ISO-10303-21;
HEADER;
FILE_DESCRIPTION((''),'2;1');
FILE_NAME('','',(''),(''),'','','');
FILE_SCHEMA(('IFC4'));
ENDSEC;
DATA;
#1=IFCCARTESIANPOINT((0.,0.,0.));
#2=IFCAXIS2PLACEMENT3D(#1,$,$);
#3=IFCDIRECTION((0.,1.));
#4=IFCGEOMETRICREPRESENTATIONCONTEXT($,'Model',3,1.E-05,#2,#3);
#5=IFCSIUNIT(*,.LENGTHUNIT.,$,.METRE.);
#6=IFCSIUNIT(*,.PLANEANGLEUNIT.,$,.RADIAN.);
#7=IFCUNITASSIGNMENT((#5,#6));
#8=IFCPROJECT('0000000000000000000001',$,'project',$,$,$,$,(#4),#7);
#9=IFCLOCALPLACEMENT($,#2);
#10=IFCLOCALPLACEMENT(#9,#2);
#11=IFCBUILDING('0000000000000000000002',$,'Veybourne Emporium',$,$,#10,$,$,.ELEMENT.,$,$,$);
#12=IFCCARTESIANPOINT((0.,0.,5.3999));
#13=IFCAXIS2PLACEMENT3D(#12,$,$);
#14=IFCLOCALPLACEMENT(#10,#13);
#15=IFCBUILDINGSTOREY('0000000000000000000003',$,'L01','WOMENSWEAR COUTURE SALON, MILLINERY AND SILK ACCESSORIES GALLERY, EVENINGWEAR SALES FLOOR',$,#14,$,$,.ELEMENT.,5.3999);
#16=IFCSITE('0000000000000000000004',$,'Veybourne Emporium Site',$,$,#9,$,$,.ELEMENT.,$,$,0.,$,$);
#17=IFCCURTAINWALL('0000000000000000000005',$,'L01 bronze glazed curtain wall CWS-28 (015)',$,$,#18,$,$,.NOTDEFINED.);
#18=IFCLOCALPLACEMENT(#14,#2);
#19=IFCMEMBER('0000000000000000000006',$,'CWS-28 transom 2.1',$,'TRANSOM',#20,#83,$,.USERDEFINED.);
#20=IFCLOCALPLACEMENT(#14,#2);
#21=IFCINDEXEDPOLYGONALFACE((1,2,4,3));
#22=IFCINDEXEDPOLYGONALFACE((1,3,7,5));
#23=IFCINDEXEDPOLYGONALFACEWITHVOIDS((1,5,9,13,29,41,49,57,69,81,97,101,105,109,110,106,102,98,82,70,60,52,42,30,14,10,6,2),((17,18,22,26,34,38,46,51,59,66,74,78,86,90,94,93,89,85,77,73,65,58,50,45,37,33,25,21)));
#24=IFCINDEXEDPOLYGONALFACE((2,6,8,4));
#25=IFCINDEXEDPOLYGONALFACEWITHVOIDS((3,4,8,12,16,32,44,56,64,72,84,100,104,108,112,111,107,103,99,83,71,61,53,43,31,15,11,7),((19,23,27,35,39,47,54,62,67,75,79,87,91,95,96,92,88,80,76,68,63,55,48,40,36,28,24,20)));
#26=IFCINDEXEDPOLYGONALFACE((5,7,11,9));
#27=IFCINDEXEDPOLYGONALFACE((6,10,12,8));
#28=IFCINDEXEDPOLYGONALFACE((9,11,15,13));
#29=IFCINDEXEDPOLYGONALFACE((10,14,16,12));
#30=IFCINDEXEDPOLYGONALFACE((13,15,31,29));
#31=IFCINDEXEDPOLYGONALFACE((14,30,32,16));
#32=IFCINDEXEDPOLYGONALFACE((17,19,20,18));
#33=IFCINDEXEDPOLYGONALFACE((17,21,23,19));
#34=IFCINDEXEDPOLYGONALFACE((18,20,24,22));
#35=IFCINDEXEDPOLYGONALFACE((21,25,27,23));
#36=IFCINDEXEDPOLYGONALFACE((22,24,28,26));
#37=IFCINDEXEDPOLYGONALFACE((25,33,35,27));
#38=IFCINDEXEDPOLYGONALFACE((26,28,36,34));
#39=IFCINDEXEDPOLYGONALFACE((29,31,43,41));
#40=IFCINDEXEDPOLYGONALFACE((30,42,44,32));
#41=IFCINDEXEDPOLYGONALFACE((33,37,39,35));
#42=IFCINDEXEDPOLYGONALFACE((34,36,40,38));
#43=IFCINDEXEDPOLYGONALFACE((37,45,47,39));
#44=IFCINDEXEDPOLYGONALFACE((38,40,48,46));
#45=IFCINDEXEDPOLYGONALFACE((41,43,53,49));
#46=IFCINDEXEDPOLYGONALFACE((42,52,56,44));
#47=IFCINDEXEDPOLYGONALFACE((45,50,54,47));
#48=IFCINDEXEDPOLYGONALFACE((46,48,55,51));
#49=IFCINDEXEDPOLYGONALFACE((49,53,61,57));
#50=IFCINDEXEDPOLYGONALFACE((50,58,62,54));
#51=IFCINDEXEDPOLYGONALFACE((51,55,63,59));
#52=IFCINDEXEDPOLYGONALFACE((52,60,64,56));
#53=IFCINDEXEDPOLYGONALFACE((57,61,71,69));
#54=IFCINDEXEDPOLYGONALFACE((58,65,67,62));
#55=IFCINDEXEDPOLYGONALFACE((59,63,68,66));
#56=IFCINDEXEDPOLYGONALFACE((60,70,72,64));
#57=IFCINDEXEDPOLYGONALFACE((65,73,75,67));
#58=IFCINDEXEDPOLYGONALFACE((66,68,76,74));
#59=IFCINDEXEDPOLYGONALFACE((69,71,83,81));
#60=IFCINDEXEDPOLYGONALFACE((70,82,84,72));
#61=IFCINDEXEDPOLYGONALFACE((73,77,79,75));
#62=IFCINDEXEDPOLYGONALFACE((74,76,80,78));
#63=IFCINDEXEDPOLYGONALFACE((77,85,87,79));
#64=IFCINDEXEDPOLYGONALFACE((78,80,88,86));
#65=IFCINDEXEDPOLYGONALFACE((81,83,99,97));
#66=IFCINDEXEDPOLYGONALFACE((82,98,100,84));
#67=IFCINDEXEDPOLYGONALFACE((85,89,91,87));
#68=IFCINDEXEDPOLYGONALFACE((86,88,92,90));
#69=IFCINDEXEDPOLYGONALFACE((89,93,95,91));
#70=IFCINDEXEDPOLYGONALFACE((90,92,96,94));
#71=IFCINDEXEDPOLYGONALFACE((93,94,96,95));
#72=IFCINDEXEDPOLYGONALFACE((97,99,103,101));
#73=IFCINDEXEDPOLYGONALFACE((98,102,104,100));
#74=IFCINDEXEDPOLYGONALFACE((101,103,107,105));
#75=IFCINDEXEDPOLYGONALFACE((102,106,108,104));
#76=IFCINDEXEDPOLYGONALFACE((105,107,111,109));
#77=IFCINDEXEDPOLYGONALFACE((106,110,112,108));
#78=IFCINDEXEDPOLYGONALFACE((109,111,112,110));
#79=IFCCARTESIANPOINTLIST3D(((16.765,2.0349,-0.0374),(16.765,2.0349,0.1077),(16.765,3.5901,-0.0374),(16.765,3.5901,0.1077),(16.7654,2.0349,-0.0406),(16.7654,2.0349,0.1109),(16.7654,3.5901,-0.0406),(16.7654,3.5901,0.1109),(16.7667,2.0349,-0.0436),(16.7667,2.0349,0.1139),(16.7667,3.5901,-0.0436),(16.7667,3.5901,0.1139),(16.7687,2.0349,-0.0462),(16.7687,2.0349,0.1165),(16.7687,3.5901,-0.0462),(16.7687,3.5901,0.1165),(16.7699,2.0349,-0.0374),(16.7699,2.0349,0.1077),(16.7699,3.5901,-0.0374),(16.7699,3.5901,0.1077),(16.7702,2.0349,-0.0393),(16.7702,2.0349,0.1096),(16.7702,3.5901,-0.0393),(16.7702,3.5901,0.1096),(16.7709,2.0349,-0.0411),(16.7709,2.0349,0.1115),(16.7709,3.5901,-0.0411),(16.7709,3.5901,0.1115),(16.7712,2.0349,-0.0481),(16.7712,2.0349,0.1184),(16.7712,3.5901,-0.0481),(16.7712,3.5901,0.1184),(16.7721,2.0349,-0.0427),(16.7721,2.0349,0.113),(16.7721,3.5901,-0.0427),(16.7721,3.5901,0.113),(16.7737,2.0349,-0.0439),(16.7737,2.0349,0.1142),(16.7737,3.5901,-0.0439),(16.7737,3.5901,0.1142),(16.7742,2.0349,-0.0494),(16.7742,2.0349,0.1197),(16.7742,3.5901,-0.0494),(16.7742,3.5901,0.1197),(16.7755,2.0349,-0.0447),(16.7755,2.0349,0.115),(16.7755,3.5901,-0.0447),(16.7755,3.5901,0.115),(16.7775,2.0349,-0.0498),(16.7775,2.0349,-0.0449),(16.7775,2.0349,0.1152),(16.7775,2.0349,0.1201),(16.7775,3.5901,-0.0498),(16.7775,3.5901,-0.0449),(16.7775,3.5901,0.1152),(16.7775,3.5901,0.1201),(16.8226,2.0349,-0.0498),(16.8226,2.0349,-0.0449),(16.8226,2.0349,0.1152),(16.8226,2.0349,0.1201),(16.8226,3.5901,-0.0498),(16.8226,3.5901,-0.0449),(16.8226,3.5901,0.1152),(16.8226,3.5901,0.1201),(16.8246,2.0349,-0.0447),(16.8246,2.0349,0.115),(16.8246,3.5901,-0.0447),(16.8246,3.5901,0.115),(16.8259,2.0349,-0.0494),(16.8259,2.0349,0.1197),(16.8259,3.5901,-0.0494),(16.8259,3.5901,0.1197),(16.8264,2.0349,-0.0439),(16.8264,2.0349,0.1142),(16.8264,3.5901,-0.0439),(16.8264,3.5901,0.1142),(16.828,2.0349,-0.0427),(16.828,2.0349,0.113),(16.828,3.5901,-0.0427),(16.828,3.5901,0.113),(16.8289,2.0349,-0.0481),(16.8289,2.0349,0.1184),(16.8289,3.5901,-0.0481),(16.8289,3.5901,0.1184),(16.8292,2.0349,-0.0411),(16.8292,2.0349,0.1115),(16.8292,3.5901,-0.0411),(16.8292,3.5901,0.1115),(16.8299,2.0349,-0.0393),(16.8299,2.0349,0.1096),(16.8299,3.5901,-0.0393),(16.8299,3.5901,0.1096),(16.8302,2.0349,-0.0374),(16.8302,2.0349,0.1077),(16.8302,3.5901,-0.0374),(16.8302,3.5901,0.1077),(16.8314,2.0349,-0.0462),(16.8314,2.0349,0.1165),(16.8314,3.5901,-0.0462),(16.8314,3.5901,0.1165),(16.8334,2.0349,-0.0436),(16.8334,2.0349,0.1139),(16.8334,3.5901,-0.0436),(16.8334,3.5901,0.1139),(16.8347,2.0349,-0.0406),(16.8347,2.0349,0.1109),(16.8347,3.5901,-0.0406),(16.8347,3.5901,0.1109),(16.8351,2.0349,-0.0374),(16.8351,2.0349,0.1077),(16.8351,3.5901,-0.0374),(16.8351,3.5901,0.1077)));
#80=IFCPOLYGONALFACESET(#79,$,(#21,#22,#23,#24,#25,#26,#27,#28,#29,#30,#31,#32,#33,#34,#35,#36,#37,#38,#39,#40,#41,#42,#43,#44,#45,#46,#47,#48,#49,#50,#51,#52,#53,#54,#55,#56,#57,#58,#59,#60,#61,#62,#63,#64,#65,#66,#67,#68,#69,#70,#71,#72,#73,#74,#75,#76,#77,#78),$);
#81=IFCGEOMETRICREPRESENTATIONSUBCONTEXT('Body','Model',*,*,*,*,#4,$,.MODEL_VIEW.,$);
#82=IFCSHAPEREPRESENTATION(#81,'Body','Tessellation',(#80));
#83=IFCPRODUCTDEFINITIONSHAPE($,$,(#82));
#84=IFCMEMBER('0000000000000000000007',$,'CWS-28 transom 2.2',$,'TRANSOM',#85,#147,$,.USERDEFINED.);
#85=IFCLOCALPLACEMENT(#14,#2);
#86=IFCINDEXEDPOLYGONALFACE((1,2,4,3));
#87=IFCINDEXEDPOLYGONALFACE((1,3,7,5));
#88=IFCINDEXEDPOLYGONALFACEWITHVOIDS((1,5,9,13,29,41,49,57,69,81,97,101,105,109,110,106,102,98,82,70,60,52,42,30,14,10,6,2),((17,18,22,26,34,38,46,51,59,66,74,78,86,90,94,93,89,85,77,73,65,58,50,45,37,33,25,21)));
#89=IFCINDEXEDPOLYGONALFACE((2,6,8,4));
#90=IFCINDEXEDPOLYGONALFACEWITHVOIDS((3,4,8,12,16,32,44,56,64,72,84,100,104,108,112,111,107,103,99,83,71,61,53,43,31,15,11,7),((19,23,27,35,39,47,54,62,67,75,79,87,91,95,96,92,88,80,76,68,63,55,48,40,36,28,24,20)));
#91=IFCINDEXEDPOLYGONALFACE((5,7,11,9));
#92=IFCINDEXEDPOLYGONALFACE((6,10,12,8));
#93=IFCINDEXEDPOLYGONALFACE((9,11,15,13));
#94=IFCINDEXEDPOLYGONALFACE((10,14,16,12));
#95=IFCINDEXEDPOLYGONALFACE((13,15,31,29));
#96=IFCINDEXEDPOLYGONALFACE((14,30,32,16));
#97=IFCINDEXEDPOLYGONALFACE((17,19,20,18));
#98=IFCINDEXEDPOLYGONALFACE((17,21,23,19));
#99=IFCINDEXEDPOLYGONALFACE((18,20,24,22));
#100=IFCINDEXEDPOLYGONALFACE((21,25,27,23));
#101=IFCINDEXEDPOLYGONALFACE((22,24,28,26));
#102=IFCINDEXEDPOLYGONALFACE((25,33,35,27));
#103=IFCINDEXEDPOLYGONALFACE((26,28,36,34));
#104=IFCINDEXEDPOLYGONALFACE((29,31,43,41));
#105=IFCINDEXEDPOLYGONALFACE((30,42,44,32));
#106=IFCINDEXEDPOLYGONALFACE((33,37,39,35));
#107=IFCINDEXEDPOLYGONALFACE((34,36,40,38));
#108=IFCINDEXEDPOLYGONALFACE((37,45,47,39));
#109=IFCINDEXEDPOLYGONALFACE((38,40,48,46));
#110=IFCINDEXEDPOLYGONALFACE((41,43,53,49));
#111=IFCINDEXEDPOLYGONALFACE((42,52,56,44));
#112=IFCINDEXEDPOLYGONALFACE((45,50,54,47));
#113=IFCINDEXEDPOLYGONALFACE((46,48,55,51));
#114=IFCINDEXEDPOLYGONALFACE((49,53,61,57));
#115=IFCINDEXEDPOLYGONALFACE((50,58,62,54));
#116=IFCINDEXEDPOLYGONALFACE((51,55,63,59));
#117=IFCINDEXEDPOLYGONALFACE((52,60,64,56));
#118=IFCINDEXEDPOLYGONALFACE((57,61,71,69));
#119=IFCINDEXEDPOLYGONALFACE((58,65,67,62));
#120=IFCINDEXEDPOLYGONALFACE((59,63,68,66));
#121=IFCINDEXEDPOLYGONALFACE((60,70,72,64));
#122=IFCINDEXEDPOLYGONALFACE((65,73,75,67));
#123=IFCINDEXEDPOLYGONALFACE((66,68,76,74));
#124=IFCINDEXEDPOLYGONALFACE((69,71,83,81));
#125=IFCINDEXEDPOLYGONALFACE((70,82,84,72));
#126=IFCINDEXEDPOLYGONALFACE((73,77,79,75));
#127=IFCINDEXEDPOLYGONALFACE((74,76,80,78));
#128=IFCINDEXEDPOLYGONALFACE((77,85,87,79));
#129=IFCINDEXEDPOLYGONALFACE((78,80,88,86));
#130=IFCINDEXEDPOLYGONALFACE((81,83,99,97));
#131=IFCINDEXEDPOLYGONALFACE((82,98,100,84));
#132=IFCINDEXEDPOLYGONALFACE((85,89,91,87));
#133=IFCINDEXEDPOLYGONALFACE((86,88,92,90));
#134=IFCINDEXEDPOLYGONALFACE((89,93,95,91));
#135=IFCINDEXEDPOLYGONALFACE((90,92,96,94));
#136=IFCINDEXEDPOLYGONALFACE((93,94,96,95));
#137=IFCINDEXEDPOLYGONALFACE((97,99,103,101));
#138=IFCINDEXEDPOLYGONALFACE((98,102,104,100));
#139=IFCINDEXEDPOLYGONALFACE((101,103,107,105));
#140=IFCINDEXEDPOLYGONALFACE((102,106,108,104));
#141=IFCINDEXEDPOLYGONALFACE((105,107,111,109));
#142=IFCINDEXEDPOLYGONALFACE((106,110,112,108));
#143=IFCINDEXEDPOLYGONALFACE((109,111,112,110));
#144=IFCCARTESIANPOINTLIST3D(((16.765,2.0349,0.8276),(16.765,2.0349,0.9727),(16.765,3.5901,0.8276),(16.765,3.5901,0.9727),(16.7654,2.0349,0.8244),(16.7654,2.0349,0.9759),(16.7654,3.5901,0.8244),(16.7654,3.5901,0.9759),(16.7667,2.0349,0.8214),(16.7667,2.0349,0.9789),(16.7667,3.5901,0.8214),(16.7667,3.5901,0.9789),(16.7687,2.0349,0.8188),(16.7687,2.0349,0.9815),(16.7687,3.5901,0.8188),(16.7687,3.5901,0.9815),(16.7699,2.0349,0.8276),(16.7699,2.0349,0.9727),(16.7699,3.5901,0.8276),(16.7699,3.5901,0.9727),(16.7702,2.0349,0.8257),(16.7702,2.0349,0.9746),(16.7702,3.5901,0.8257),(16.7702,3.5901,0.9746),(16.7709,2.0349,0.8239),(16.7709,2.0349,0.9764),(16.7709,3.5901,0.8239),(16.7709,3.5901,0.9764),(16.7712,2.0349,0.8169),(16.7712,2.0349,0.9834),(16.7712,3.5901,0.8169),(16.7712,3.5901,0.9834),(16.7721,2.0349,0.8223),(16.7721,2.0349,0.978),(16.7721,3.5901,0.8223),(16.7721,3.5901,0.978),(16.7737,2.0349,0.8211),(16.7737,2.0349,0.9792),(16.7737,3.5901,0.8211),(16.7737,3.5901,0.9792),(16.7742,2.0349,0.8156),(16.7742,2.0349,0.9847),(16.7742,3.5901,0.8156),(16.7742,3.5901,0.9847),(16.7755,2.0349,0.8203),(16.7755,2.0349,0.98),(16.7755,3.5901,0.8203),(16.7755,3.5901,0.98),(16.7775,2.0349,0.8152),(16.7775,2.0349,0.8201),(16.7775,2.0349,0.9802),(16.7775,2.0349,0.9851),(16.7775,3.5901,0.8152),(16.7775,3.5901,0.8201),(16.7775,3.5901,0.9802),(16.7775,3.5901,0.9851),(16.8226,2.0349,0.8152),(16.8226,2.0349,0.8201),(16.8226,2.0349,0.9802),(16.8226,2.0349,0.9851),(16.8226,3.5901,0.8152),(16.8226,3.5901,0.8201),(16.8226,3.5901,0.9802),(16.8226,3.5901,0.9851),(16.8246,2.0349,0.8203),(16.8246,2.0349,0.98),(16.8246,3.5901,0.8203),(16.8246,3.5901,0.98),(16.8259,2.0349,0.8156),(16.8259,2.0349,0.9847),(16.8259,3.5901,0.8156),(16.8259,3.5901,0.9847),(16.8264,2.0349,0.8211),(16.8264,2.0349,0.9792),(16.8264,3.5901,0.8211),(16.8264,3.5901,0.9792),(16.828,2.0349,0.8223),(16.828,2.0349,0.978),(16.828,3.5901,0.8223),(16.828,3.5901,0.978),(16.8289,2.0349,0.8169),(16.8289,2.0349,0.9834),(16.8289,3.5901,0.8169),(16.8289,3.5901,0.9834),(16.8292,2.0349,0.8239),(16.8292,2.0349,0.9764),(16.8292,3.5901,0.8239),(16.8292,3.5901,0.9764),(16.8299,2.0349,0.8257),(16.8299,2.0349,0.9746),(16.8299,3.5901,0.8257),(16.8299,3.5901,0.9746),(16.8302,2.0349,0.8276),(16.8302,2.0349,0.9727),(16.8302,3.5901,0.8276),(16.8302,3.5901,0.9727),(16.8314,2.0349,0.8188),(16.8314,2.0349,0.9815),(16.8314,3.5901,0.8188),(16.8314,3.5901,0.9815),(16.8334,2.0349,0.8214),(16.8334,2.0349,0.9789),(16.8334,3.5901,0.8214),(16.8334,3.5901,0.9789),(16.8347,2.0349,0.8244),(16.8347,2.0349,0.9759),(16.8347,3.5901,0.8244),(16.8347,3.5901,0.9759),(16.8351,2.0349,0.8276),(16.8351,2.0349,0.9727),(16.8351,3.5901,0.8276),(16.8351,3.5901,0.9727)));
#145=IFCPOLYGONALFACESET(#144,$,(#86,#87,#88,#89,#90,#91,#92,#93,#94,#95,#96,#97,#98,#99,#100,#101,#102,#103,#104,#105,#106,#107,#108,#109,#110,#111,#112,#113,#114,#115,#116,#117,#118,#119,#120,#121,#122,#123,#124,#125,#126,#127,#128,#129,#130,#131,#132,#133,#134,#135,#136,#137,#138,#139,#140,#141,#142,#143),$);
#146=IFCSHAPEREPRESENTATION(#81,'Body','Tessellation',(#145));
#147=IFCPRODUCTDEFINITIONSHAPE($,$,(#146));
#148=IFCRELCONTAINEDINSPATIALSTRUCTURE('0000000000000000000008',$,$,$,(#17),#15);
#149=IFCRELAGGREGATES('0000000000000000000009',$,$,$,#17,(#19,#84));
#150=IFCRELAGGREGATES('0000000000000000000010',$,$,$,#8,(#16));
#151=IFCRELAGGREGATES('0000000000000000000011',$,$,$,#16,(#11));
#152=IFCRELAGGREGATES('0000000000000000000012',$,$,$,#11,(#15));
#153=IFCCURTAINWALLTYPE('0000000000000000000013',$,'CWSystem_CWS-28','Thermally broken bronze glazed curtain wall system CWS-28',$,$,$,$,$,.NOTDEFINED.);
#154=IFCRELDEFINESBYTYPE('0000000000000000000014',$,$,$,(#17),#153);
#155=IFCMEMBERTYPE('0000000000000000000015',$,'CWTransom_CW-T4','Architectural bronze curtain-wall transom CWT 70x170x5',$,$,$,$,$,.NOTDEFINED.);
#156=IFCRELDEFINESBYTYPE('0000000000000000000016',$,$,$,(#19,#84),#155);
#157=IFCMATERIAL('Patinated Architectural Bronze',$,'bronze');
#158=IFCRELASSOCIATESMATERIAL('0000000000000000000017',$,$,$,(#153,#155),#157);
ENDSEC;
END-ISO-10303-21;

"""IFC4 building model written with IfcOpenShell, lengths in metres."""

from ifc_helpers import new_model, si_unit, direction, frame, origin, origin_2d, place, context, subcontext, project, spatial, hollow_rectangle, extrude, material, material_profile, profile_set, type_object, element, aggregate, save


model = new_model("IFC4")

# Units and contexts
model_context = context("Model", 3, precision=1e-05, world=origin(), true_north=direction((0.0, 1.0)))
body_context = subcontext(model_context, "Body", "Model", "MODEL_VIEW")
ifc_project = project(units=[si_unit("LENGTHUNIT", "METRE"), si_unit("PLANEANGLEUNIT", "RADIAN")], contexts=[model_context])

# Site, building, storey
site_placement = place(None, origin())
site = spatial("IfcSite", under=ifc_project, at=site_placement, Name="Veybourne Emporium Site", CompositionType="ELEMENT", RefElevation=0.0)
building_placement = place(site_placement, origin())
building = spatial("IfcBuilding", under=site, at=building_placement, Name="Veybourne Emporium", CompositionType="ELEMENT")
storey_placement = place(building_placement, frame((0.0, 0.0, 5.3999)))
storey = spatial("IfcBuildingStorey", under=building, at=storey_placement, Name="L01", Description="WOMENSWEAR COUTURE SALON, MILLINERY AND SILK ACCESSORIES GALLERY, EVENINGWEAR SALES FLOOR", CompositionType="ELEMENT", Elevation=5.3999)

# Curtain wall, members
ifc_material_1 = material(Name="Patinated Architectural Bronze", Category="bronze")
curtain_wall_type_1 = type_object("IfcCurtainWallType", Name="CWSystem_CWS-28", Description="Thermally broken bronze glazed curtain wall system CWS-28", PredefinedType="NOTDEFINED", material=ifc_material_1)
curtain_wall_1_placement = place(storey_placement, origin())
curtain_wall_1 = element("IfcCurtainWall", 1, at=curtain_wall_1_placement, inside=storey, type_object=curtain_wall_type_1, Name="L01 bronze glazed curtain wall CWS-28 (015)", PredefinedType="NOTDEFINED")
ifc_material_profile_1 = material_profile(ifc_material_1, hollow_rectangle(XDim=0.0701, YDim=0.1699, WallThickness=0.0049, InnerFilletRadius=0.0076, OuterFilletRadius=0.0125, at=origin_2d()), Name="CWT 70x170x5")
ifc_profile_set_1 = profile_set([ifc_material_profile_1], Name="Patinated Architectural Bronze")
member_type_1 = type_object("IfcMemberType", Name="CWTransom_CW-T4", Description="Architectural bronze curtain-wall transom CWT 70x170x5", PredefinedType="NOTDEFINED", material=ifc_profile_set_1)
member_1_placement = place(storey_placement, frame((16.8, 2.0349, 0.0352), z_axis=(0.0, 1.0, 0.0), x_axis=(-1.0, 0.0, 0.0)))
member_1 = element("IfcMember", 2, at=member_1_placement, type_object=member_type_1, Name="CWS-28 transom 2.1", ObjectType="TRANSOM", PredefinedType="USERDEFINED", context=body_context, shape_type="SweptSolid", body=[
    extrude(hollow_rectangle(XDim=0.0701, YDim=0.1699, WallThickness=0.0049, InnerFilletRadius=0.0076, OuterFilletRadius=0.0125, at=origin_2d()), origin(), (0.0, 0.0, 1.0), 1.5552),
])
member_2_placement = place(storey_placement, frame((16.8, 2.0349, 0.9001), z_axis=(0.0, 1.0, 0.0), x_axis=(-1.0, 0.0, 0.0)))
member_2 = element("IfcMember", 3, at=member_2_placement, type_object=member_type_1, Name="CWS-28 transom 2.2", ObjectType="TRANSOM", PredefinedType="USERDEFINED", context=body_context, shape_type="SweptSolid", body=[
    extrude(hollow_rectangle(XDim=0.0701, YDim=0.1699, WallThickness=0.0049, InnerFilletRadius=0.0076, OuterFilletRadius=0.0125, at=origin_2d()), origin(), (0.0, 0.0, 1.0), 1.5552),
])

aggregate(curtain_wall_1, [member_1, member_2])

save(model, "model.ifc")
